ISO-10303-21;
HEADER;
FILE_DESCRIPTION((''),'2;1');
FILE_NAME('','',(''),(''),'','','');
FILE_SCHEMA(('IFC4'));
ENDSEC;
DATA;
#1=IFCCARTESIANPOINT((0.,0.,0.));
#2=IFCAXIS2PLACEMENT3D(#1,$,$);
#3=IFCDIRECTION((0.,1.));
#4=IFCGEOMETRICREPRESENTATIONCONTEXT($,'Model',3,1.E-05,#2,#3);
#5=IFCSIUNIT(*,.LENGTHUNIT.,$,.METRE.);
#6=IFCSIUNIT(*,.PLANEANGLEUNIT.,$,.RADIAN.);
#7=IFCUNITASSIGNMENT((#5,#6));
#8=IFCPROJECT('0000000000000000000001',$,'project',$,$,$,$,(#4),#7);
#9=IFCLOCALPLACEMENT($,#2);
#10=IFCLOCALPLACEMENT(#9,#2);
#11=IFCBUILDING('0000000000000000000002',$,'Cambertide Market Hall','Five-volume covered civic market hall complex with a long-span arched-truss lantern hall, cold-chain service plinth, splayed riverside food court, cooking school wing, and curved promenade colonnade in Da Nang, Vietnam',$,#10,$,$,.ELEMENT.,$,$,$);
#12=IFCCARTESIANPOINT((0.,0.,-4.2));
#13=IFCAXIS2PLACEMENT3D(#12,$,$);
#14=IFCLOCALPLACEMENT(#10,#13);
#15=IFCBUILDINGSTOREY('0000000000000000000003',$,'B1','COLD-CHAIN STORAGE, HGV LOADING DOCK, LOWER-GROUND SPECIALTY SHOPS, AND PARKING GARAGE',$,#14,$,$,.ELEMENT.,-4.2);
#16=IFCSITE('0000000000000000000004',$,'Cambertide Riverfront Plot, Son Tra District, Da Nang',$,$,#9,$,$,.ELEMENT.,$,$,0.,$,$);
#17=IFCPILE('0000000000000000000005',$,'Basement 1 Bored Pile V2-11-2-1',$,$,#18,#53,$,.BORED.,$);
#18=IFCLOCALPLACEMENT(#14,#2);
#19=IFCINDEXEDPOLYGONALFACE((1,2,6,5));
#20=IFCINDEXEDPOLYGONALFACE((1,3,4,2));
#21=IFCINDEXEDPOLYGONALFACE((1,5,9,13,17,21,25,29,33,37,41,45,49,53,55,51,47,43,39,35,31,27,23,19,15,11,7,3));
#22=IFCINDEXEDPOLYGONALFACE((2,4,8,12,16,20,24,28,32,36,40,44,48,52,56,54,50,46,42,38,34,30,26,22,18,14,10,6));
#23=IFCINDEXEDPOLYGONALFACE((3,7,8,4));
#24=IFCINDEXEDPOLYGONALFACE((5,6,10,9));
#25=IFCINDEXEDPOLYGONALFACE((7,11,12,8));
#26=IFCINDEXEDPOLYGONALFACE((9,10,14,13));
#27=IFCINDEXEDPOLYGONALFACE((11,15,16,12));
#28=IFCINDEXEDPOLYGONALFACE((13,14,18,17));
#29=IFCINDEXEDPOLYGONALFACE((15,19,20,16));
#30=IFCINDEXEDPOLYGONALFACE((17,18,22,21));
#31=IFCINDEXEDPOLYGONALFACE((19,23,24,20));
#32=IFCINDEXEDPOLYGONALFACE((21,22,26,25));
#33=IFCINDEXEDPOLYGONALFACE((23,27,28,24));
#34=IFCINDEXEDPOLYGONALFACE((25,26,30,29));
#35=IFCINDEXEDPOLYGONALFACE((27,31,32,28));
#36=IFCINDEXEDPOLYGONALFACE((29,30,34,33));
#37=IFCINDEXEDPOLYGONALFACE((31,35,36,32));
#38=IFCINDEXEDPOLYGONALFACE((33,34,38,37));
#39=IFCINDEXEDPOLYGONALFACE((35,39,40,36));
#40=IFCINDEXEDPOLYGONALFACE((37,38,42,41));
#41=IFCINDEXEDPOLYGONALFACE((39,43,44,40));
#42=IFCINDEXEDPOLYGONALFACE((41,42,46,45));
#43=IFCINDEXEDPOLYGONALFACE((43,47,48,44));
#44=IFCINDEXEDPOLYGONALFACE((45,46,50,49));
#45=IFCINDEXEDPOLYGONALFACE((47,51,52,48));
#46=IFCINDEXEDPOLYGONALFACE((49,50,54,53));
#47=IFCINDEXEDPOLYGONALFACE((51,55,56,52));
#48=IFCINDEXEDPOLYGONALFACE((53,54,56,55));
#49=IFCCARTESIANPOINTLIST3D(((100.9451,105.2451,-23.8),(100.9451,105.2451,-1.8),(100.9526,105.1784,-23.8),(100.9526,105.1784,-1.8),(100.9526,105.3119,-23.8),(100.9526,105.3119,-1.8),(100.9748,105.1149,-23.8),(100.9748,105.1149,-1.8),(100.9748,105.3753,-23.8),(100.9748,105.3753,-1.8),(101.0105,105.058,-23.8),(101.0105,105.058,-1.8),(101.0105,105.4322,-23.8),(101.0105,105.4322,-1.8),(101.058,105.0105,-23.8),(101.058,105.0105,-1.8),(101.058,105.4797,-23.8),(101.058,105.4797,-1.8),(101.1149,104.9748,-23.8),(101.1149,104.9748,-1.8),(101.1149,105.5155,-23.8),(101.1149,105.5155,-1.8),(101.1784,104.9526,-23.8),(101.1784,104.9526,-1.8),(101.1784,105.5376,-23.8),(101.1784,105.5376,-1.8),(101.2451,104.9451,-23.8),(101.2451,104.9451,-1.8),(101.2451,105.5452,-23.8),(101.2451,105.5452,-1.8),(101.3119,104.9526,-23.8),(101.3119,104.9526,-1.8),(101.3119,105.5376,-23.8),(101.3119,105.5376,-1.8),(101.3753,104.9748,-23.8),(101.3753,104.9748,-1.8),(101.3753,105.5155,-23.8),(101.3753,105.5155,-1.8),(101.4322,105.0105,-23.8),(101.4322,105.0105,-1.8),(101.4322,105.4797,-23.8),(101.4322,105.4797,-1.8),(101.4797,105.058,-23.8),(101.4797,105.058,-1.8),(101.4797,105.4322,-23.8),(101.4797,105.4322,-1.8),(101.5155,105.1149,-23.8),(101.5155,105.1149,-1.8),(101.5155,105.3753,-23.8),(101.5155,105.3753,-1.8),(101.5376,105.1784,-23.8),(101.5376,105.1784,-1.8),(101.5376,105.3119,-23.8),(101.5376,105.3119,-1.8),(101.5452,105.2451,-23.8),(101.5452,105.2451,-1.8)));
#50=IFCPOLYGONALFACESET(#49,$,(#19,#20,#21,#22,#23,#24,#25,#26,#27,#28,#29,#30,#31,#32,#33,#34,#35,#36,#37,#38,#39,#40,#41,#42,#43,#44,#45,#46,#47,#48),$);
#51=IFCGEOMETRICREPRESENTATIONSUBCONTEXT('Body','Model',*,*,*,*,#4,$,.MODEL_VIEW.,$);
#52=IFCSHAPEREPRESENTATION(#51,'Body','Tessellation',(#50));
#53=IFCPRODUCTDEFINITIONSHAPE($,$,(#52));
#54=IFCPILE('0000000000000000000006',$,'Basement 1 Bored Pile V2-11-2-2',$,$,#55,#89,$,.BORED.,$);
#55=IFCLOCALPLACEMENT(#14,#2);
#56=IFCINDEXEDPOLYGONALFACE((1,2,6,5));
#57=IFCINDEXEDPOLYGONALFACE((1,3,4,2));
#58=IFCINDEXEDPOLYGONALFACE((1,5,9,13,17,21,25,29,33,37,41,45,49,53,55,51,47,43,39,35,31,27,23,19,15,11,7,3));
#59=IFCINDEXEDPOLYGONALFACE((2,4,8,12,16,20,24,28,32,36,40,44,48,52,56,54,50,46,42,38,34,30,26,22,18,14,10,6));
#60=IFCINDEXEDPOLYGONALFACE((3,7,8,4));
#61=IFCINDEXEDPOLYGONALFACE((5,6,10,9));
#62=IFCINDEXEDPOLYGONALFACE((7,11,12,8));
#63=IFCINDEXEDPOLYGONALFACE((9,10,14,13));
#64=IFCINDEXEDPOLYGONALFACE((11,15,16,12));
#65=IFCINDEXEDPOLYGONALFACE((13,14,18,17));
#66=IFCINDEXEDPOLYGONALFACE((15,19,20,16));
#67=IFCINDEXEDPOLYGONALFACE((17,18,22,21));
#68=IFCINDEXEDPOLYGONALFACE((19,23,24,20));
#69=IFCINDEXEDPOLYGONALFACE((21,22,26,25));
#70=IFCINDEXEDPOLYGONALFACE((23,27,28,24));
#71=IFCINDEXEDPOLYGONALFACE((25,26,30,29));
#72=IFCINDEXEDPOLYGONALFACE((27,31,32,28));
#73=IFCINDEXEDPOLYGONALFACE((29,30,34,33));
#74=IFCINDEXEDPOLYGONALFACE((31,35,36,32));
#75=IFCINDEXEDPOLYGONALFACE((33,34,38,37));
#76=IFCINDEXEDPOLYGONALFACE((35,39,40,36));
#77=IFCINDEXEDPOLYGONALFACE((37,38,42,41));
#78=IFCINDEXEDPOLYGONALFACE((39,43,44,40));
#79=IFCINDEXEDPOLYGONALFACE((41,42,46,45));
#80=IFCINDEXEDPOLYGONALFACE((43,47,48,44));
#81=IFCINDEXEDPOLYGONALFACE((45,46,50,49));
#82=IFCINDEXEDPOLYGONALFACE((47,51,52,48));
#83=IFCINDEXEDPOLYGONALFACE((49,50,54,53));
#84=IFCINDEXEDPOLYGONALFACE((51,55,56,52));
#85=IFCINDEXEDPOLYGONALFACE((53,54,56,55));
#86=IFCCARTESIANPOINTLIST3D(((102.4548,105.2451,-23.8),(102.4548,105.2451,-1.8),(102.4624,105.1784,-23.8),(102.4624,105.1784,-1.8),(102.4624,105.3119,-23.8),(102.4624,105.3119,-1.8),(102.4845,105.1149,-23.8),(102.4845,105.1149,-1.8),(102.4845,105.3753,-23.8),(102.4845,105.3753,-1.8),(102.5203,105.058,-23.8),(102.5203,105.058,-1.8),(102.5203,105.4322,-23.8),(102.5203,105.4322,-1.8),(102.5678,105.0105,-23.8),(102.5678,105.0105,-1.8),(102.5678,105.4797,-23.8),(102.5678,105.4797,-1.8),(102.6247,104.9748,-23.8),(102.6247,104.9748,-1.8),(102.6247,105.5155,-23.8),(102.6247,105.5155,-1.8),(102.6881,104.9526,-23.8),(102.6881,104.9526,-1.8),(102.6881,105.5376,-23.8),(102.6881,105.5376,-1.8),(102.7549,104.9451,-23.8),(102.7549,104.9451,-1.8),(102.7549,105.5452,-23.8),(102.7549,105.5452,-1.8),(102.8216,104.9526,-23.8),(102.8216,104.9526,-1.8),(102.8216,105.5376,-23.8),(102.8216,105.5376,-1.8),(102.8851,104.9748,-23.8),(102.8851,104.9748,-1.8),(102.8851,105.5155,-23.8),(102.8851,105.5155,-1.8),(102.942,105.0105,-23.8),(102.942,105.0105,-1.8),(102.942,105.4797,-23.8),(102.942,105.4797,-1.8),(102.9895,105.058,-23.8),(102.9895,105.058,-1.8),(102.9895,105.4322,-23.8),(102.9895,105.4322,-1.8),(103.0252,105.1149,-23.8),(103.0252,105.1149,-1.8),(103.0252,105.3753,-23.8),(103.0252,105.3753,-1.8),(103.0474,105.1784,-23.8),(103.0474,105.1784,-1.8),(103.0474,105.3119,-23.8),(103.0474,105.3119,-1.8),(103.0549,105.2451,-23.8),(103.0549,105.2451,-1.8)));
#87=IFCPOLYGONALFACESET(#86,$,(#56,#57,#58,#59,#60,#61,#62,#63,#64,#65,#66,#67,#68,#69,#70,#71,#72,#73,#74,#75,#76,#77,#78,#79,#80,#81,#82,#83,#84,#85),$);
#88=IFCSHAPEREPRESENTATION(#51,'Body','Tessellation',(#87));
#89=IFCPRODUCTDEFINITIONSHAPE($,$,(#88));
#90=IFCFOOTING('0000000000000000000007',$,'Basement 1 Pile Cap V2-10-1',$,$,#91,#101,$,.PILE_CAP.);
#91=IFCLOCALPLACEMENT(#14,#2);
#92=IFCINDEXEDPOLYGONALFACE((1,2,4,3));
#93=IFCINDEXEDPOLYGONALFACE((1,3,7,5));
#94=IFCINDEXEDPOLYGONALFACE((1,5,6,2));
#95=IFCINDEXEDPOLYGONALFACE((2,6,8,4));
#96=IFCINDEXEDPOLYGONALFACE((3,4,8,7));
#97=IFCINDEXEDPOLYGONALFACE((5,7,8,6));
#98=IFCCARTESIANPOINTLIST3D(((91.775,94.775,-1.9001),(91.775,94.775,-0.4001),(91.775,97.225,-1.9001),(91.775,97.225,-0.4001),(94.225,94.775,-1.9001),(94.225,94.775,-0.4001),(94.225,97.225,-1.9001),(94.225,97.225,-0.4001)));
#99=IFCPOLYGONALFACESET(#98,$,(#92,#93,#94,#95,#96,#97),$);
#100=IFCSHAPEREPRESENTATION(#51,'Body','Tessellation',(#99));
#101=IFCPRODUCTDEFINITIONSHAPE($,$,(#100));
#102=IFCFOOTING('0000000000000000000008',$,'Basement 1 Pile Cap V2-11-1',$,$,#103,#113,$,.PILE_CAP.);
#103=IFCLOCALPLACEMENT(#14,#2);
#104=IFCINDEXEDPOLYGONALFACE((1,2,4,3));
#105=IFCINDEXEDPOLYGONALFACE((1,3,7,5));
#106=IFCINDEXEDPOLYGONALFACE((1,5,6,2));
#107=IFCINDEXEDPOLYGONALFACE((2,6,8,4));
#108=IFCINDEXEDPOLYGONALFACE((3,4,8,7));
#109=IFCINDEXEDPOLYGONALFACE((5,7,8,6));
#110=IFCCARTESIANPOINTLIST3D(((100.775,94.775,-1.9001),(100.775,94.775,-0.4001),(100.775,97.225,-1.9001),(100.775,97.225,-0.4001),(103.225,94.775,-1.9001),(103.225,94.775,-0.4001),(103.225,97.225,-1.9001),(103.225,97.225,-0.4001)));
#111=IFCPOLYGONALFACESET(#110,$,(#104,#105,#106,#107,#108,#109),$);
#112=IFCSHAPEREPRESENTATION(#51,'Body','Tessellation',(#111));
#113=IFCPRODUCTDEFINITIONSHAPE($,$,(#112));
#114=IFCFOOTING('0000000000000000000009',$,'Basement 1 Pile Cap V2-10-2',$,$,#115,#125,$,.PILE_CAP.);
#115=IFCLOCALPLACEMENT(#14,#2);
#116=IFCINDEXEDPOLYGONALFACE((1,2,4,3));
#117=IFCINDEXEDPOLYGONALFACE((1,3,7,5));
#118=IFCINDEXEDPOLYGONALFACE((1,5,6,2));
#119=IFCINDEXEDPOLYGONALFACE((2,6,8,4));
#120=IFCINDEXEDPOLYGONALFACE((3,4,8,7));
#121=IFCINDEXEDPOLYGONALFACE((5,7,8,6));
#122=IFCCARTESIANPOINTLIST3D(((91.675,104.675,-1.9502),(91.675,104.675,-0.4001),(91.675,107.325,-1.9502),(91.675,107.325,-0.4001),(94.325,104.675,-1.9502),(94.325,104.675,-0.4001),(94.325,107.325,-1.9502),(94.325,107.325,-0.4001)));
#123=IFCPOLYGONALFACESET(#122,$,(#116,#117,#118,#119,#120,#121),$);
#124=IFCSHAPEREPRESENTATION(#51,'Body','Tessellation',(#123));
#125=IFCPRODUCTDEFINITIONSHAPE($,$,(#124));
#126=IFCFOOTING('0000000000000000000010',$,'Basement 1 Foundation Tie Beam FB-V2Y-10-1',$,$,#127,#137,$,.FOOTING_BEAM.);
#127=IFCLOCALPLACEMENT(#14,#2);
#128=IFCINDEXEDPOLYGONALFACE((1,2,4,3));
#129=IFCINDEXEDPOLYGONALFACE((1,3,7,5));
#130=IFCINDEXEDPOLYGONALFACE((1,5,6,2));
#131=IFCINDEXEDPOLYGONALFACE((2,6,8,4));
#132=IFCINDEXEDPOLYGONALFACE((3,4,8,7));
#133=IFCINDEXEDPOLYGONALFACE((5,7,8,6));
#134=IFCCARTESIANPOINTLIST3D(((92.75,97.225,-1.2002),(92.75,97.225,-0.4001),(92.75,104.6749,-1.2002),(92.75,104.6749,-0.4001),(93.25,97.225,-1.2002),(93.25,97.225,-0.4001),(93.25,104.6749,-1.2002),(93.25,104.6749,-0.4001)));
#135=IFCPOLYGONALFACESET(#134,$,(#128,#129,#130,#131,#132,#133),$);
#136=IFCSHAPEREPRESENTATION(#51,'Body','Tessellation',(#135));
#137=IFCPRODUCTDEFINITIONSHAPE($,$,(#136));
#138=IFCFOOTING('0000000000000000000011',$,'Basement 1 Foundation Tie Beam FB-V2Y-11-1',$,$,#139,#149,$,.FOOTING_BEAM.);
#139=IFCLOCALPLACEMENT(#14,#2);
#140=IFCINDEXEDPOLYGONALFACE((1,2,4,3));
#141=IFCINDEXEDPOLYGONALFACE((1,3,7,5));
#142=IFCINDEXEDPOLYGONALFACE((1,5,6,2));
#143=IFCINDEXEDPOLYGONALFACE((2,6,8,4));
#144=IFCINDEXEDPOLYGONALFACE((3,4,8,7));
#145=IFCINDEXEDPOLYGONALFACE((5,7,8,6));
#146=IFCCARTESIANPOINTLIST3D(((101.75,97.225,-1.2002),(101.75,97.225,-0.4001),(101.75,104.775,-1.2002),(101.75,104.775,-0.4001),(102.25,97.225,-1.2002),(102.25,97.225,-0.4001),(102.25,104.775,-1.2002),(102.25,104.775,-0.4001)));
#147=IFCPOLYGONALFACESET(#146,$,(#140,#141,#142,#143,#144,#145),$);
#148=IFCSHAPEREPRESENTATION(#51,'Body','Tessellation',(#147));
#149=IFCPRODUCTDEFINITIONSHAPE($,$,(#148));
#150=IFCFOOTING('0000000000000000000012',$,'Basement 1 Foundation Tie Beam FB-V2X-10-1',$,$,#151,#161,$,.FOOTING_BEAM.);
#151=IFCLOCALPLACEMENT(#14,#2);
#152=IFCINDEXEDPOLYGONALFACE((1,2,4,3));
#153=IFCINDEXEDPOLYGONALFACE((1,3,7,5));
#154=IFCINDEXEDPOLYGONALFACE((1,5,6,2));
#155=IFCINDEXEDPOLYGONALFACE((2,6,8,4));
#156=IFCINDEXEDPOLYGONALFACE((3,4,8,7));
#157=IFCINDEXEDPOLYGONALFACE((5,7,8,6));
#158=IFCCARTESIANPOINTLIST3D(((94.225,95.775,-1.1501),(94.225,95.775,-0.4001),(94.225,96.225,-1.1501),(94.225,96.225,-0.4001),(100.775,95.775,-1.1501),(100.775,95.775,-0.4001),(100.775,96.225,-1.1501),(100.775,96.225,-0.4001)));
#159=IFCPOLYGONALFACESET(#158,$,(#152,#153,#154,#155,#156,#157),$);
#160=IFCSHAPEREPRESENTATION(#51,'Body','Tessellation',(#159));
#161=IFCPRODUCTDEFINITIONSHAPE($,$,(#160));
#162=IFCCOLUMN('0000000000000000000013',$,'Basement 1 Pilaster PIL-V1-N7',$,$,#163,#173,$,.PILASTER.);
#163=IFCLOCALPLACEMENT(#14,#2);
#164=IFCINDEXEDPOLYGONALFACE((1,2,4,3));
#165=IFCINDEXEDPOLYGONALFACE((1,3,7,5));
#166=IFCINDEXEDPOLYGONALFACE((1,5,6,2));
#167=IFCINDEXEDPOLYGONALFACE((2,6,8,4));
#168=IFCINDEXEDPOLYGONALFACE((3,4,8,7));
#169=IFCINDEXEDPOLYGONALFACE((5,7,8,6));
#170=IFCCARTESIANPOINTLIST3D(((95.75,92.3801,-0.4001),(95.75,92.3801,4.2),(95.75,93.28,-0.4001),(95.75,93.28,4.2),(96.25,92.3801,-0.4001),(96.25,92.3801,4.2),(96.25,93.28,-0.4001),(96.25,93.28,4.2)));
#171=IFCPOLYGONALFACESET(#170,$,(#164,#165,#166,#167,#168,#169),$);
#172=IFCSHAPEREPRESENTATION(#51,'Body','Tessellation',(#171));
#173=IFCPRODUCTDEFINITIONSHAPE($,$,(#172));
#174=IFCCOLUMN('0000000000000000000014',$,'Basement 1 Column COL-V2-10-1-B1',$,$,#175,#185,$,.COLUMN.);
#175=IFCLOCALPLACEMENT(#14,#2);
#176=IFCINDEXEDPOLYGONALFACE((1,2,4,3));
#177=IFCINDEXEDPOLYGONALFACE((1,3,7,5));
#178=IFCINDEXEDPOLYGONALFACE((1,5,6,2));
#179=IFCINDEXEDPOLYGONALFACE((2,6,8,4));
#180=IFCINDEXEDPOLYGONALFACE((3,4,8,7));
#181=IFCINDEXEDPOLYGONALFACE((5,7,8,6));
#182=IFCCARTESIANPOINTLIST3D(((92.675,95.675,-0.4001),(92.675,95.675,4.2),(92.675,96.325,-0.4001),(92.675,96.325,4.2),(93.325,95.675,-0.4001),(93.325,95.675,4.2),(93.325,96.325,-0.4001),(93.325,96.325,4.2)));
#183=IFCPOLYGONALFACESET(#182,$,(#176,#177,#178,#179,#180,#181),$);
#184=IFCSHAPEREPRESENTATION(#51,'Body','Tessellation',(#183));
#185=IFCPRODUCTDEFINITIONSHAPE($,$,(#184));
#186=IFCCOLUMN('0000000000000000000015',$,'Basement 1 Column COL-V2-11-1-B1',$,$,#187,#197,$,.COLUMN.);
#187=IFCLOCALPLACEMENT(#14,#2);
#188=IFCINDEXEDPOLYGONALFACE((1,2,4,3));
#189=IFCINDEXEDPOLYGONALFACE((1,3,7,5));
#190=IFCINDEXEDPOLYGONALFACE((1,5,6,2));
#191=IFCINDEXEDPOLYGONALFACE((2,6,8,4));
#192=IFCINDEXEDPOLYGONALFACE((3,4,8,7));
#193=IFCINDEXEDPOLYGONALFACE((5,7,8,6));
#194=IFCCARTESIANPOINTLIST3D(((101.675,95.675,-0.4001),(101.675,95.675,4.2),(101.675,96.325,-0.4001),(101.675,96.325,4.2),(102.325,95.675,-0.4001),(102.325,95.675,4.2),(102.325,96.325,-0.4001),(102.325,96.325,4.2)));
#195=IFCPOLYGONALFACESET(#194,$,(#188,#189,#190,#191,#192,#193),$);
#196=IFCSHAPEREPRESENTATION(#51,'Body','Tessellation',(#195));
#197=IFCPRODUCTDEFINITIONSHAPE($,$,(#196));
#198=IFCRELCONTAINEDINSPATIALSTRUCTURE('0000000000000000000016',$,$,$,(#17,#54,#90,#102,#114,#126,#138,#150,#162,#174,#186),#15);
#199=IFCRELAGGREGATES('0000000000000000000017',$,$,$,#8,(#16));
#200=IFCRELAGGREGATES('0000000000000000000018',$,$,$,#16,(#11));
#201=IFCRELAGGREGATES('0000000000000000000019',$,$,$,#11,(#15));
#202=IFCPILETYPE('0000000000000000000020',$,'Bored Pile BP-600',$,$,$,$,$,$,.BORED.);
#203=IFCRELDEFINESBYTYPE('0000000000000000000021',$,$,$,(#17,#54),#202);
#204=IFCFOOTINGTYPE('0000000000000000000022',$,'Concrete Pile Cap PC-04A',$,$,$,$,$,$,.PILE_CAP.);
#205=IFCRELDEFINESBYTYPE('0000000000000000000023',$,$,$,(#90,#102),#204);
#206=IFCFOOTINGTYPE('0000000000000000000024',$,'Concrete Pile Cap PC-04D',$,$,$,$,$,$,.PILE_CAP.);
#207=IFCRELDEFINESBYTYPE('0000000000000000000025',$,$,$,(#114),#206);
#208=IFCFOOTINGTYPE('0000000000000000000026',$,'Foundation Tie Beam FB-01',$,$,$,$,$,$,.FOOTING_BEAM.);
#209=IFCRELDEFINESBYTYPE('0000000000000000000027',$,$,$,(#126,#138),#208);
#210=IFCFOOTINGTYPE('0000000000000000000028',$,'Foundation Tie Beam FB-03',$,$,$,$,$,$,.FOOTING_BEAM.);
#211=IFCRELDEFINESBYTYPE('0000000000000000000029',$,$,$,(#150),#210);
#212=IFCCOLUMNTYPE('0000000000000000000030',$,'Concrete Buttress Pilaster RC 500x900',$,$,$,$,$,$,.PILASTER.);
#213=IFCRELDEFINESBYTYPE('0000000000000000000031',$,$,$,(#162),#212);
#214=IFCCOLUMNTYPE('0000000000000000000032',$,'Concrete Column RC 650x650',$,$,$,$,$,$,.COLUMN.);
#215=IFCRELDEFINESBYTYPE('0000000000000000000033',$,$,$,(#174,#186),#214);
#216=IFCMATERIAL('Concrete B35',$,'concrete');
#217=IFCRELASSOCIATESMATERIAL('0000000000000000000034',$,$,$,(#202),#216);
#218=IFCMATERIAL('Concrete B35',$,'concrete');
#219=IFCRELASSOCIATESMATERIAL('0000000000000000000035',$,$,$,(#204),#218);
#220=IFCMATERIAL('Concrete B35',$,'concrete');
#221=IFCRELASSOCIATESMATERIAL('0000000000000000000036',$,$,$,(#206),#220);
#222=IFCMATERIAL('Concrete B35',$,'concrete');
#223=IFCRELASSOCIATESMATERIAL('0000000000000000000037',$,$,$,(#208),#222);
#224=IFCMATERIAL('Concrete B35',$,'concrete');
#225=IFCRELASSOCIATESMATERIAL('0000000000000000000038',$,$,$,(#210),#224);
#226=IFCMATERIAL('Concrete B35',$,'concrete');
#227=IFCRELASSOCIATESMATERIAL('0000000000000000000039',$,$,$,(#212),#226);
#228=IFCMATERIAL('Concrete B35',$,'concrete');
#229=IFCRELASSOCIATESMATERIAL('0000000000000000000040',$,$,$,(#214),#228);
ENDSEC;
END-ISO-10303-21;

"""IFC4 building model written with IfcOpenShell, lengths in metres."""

from ifc_helpers import new_model, si_unit, direction, frame, origin, origin_2d, place, context, subcontext, project, spatial, rectangle, circle, extrude, material, material_profile, profile_set, type_object, element, save


model = new_model("IFC4")

# Units and contexts
model_context = context("Model", 3, precision=1e-05, world=origin(), true_north=direction((0.0, 1.0)))
body_context = subcontext(model_context, "Body", "Model", "MODEL_VIEW")
ifc_project = project(units=[si_unit("LENGTHUNIT", "METRE"), si_unit("PLANEANGLEUNIT", "RADIAN")], contexts=[model_context])

# Site, building, storey
site_placement = place(None, origin())
site = spatial("IfcSite", under=ifc_project, at=site_placement, Name="Cambertide Riverfront Plot, Son Tra District, Da Nang", CompositionType="ELEMENT", RefElevation=0.0)
building_placement = place(site_placement, origin())
building = spatial("IfcBuilding", under=site, at=building_placement, Name="Cambertide Market Hall", Description="Five-volume covered civic market hall complex with a long-span arched-truss lantern hall, cold-chain service plinth, splayed riverside food court, cooking school wing, and curved promenade colonnade in Da Nang, Vietnam", CompositionType="ELEMENT")
storey_placement = place(building_placement, frame((0.0, 0.0, -4.2)))
storey = spatial("IfcBuildingStorey", under=building, at=storey_placement, Name="B1", Description="COLD-CHAIN STORAGE, HGV LOADING DOCK, LOWER-GROUND SPECIALTY SHOPS, AND PARKING GARAGE", CompositionType="ELEMENT", Elevation=-4.2)

# Piles
ifc_material_1 = material(Name="Concrete B35", Category="concrete")
ifc_material_profile_1 = material_profile(ifc_material_1, circle(Radius=0.3, at=origin_2d()), Name="BP D600")
ifc_profile_set_1 = profile_set([ifc_material_profile_1], Name="Concrete B35")
pile_type = type_object("IfcPileType", Name="Bored Pile BP-600", PredefinedType="BORED", material=ifc_profile_set_1)
for number, where, z_axis, x_axis, name in (
    (1, (101.2451, 105.2451, -1.8), (0.0, 0.0, -1.0), (1.0, 0.0, 0.0), "Basement 1 Bored Pile V2-11-2-1"),
    (2, (102.7549, 105.2451, -1.8), (0.0, 0.0, -1.0), (1.0, 0.0, 0.0), "Basement 1 Bored Pile V2-11-2-2"),
):
    element("IfcPile", number, at=place(storey_placement, frame(where, z_axis=z_axis, x_axis=x_axis)), inside=storey, type_object=pile_type, Name=name, PredefinedType="BORED", context=body_context, shape_type="SweptSolid", body=[
        extrude(circle(Radius=0.3, at=origin_2d()), origin(), (0.0, 0.0, 1.0), 22.0),
    ])

# Footings
ifc_material_2 = material(Name="Concrete B35", Category="concrete")
footing_type_1 = type_object("IfcFootingType", Name="Concrete Pile Cap PC-04A", PredefinedType="PILE_CAP", material=ifc_material_2)
for number, where, z_axis, x_axis, name in (
    (3, (93.0, 96.0, -1.9001), (0.0, 0.0, 1.0), (1.0, 0.0, 0.0), "Basement 1 Pile Cap V2-10-1"),
    (4, (102.0, 96.0, -1.9001), (0.0, 0.0, 1.0), (1.0, 0.0, 0.0), "Basement 1 Pile Cap V2-11-1"),
):
    element("IfcFooting", number, at=place(storey_placement, frame(where, z_axis=z_axis, x_axis=x_axis)), inside=storey, type_object=footing_type_1, Name=name, PredefinedType="PILE_CAP", context=body_context, shape_type="SweptSolid", body=[
        extrude(rectangle(XDim=2.45, YDim=2.45, at=origin_2d()), origin(), (0.0, 0.0, 1.0), 1.5),
    ])
ifc_material_3 = material(Name="Concrete B35", Category="concrete")
footing_type_2 = type_object("IfcFootingType", Name="Concrete Pile Cap PC-04D", PredefinedType="PILE_CAP", material=ifc_material_3)
footing_1_placement = place(storey_placement, frame((93.0, 106.0, -1.9502), z_axis=(0.0, 0.0, 1.0), x_axis=(1.0, 0.0, 0.0)))
element("IfcFooting", 5, at=footing_1_placement, inside=storey, type_object=footing_type_2, Name="Basement 1 Pile Cap V2-10-2", PredefinedType="PILE_CAP", context=body_context, shape_type="SweptSolid", body=[
    extrude(rectangle(XDim=2.6499, YDim=2.6499, at=origin_2d()), origin(), (0.0, 0.0, 1.0), 1.55),
])
ifc_material_4 = material(Name="Concrete B35", Category="concrete")
footing_type_3 = type_object("IfcFootingType", Name="Foundation Tie Beam FB-01", PredefinedType="FOOTING_BEAM", material=ifc_material_4)
footing_2_placement = place(storey_placement, frame((93.0, 100.95, -1.2002), z_axis=(0.0, 0.0, 1.0), x_axis=(0.0, 1.0, 0.0)))
element("IfcFooting", 6, at=footing_2_placement, inside=storey, type_object=footing_type_3, Name="Basement 1 Foundation Tie Beam FB-V2Y-10-1", PredefinedType="FOOTING_BEAM", context=body_context, shape_type="SweptSolid", body=[
    extrude(rectangle(XDim=7.45, YDim=0.5, at=origin_2d()), origin(), (0.0, 0.0, 1.0), 0.8),
])
footing_3_placement = place(storey_placement, frame((102.0, 101.0, -1.2002), z_axis=(0.0, 0.0, 1.0), x_axis=(0.0, 1.0, 0.0)))
element("IfcFooting", 7, at=footing_3_placement, inside=storey, type_object=footing_type_3, Name="Basement 1 Foundation Tie Beam FB-V2Y-11-1", PredefinedType="FOOTING_BEAM", context=body_context, shape_type="SweptSolid", body=[
    extrude(rectangle(XDim=7.55, YDim=0.5, at=origin_2d()), origin(), (0.0, 0.0, 1.0), 0.8),
])
ifc_material_5 = material(Name="Concrete B35", Category="concrete")
footing_type_4 = type_object("IfcFootingType", Name="Foundation Tie Beam FB-03", PredefinedType="FOOTING_BEAM", material=ifc_material_5)
footing_4_placement = place(storey_placement, frame((97.5, 96.0, -1.1501), z_axis=(0.0, 0.0, 1.0), x_axis=(1.0, 0.0, 0.0)))
element("IfcFooting", 8, at=footing_4_placement, inside=storey, type_object=footing_type_4, Name="Basement 1 Foundation Tie Beam FB-V2X-10-1", PredefinedType="FOOTING_BEAM", context=body_context, shape_type="SweptSolid", body=[
    extrude(rectangle(XDim=6.55, YDim=0.45, at=origin_2d()), origin(), (0.0, 0.0, 1.0), 0.75),
])

# Columns
ifc_material_6 = material(Name="Concrete B35", Category="concrete")
ifc_material_profile_2 = material_profile(ifc_material_6, rectangle(XDim=0.5, YDim=0.8999, at=origin_2d()), Name="RC 500x900")
ifc_profile_set_2 = profile_set([ifc_material_profile_2], Name="Concrete B35")
column_type_1 = type_object("IfcColumnType", Name="Concrete Buttress Pilaster RC 500x900", PredefinedType="PILASTER", material=ifc_profile_set_2)
column_placement = place(storey_placement, frame((96.0, 92.8301, -0.4001), z_axis=(0.0, 0.0, 1.0), x_axis=(1.0, 0.0, 0.0)))
element("IfcColumn", 9, at=column_placement, inside=storey, type_object=column_type_1, Name="Basement 1 Pilaster PIL-V1-N7", PredefinedType="PILASTER", context=body_context, shape_type="SweptSolid", body=[
    extrude(rectangle(XDim=0.5, YDim=0.8999, at=origin_2d()), origin(), (0.0, 0.0, 1.0), 4.6001),
])
ifc_material_7 = material(Name="Concrete B35", Category="concrete")
ifc_material_profile_3 = material_profile(ifc_material_7, rectangle(XDim=0.6499, YDim=0.6499, at=origin_2d()), Name="RC 650x650")
ifc_profile_set_3 = profile_set([ifc_material_profile_3], Name="Concrete B35")
column_type_2 = type_object("IfcColumnType", Name="Concrete Column RC 650x650", PredefinedType="COLUMN", material=ifc_profile_set_3)
for number, where, z_axis, x_axis, name in (
    (10, (93.0, 96.0, -0.4001), (0.0, 0.0, 1.0), (1.0, 0.0, 0.0), "Basement 1 Column COL-V2-10-1-B1"),
    (11, (102.0, 96.0, -0.4001), (0.0, 0.0, 1.0), (1.0, 0.0, 0.0), "Basement 1 Column COL-V2-11-1-B1"),
):
    element("IfcColumn", number, at=place(storey_placement, frame(where, z_axis=z_axis, x_axis=x_axis)), inside=storey, type_object=column_type_2, Name=name, PredefinedType="COLUMN", context=body_context, shape_type="SweptSolid", body=[
        extrude(rectangle(XDim=0.6499, YDim=0.6499, at=origin_2d()), origin(), (0.0, 0.0, 1.0), 4.6001),
    ])

save(model, "model.ifc")
